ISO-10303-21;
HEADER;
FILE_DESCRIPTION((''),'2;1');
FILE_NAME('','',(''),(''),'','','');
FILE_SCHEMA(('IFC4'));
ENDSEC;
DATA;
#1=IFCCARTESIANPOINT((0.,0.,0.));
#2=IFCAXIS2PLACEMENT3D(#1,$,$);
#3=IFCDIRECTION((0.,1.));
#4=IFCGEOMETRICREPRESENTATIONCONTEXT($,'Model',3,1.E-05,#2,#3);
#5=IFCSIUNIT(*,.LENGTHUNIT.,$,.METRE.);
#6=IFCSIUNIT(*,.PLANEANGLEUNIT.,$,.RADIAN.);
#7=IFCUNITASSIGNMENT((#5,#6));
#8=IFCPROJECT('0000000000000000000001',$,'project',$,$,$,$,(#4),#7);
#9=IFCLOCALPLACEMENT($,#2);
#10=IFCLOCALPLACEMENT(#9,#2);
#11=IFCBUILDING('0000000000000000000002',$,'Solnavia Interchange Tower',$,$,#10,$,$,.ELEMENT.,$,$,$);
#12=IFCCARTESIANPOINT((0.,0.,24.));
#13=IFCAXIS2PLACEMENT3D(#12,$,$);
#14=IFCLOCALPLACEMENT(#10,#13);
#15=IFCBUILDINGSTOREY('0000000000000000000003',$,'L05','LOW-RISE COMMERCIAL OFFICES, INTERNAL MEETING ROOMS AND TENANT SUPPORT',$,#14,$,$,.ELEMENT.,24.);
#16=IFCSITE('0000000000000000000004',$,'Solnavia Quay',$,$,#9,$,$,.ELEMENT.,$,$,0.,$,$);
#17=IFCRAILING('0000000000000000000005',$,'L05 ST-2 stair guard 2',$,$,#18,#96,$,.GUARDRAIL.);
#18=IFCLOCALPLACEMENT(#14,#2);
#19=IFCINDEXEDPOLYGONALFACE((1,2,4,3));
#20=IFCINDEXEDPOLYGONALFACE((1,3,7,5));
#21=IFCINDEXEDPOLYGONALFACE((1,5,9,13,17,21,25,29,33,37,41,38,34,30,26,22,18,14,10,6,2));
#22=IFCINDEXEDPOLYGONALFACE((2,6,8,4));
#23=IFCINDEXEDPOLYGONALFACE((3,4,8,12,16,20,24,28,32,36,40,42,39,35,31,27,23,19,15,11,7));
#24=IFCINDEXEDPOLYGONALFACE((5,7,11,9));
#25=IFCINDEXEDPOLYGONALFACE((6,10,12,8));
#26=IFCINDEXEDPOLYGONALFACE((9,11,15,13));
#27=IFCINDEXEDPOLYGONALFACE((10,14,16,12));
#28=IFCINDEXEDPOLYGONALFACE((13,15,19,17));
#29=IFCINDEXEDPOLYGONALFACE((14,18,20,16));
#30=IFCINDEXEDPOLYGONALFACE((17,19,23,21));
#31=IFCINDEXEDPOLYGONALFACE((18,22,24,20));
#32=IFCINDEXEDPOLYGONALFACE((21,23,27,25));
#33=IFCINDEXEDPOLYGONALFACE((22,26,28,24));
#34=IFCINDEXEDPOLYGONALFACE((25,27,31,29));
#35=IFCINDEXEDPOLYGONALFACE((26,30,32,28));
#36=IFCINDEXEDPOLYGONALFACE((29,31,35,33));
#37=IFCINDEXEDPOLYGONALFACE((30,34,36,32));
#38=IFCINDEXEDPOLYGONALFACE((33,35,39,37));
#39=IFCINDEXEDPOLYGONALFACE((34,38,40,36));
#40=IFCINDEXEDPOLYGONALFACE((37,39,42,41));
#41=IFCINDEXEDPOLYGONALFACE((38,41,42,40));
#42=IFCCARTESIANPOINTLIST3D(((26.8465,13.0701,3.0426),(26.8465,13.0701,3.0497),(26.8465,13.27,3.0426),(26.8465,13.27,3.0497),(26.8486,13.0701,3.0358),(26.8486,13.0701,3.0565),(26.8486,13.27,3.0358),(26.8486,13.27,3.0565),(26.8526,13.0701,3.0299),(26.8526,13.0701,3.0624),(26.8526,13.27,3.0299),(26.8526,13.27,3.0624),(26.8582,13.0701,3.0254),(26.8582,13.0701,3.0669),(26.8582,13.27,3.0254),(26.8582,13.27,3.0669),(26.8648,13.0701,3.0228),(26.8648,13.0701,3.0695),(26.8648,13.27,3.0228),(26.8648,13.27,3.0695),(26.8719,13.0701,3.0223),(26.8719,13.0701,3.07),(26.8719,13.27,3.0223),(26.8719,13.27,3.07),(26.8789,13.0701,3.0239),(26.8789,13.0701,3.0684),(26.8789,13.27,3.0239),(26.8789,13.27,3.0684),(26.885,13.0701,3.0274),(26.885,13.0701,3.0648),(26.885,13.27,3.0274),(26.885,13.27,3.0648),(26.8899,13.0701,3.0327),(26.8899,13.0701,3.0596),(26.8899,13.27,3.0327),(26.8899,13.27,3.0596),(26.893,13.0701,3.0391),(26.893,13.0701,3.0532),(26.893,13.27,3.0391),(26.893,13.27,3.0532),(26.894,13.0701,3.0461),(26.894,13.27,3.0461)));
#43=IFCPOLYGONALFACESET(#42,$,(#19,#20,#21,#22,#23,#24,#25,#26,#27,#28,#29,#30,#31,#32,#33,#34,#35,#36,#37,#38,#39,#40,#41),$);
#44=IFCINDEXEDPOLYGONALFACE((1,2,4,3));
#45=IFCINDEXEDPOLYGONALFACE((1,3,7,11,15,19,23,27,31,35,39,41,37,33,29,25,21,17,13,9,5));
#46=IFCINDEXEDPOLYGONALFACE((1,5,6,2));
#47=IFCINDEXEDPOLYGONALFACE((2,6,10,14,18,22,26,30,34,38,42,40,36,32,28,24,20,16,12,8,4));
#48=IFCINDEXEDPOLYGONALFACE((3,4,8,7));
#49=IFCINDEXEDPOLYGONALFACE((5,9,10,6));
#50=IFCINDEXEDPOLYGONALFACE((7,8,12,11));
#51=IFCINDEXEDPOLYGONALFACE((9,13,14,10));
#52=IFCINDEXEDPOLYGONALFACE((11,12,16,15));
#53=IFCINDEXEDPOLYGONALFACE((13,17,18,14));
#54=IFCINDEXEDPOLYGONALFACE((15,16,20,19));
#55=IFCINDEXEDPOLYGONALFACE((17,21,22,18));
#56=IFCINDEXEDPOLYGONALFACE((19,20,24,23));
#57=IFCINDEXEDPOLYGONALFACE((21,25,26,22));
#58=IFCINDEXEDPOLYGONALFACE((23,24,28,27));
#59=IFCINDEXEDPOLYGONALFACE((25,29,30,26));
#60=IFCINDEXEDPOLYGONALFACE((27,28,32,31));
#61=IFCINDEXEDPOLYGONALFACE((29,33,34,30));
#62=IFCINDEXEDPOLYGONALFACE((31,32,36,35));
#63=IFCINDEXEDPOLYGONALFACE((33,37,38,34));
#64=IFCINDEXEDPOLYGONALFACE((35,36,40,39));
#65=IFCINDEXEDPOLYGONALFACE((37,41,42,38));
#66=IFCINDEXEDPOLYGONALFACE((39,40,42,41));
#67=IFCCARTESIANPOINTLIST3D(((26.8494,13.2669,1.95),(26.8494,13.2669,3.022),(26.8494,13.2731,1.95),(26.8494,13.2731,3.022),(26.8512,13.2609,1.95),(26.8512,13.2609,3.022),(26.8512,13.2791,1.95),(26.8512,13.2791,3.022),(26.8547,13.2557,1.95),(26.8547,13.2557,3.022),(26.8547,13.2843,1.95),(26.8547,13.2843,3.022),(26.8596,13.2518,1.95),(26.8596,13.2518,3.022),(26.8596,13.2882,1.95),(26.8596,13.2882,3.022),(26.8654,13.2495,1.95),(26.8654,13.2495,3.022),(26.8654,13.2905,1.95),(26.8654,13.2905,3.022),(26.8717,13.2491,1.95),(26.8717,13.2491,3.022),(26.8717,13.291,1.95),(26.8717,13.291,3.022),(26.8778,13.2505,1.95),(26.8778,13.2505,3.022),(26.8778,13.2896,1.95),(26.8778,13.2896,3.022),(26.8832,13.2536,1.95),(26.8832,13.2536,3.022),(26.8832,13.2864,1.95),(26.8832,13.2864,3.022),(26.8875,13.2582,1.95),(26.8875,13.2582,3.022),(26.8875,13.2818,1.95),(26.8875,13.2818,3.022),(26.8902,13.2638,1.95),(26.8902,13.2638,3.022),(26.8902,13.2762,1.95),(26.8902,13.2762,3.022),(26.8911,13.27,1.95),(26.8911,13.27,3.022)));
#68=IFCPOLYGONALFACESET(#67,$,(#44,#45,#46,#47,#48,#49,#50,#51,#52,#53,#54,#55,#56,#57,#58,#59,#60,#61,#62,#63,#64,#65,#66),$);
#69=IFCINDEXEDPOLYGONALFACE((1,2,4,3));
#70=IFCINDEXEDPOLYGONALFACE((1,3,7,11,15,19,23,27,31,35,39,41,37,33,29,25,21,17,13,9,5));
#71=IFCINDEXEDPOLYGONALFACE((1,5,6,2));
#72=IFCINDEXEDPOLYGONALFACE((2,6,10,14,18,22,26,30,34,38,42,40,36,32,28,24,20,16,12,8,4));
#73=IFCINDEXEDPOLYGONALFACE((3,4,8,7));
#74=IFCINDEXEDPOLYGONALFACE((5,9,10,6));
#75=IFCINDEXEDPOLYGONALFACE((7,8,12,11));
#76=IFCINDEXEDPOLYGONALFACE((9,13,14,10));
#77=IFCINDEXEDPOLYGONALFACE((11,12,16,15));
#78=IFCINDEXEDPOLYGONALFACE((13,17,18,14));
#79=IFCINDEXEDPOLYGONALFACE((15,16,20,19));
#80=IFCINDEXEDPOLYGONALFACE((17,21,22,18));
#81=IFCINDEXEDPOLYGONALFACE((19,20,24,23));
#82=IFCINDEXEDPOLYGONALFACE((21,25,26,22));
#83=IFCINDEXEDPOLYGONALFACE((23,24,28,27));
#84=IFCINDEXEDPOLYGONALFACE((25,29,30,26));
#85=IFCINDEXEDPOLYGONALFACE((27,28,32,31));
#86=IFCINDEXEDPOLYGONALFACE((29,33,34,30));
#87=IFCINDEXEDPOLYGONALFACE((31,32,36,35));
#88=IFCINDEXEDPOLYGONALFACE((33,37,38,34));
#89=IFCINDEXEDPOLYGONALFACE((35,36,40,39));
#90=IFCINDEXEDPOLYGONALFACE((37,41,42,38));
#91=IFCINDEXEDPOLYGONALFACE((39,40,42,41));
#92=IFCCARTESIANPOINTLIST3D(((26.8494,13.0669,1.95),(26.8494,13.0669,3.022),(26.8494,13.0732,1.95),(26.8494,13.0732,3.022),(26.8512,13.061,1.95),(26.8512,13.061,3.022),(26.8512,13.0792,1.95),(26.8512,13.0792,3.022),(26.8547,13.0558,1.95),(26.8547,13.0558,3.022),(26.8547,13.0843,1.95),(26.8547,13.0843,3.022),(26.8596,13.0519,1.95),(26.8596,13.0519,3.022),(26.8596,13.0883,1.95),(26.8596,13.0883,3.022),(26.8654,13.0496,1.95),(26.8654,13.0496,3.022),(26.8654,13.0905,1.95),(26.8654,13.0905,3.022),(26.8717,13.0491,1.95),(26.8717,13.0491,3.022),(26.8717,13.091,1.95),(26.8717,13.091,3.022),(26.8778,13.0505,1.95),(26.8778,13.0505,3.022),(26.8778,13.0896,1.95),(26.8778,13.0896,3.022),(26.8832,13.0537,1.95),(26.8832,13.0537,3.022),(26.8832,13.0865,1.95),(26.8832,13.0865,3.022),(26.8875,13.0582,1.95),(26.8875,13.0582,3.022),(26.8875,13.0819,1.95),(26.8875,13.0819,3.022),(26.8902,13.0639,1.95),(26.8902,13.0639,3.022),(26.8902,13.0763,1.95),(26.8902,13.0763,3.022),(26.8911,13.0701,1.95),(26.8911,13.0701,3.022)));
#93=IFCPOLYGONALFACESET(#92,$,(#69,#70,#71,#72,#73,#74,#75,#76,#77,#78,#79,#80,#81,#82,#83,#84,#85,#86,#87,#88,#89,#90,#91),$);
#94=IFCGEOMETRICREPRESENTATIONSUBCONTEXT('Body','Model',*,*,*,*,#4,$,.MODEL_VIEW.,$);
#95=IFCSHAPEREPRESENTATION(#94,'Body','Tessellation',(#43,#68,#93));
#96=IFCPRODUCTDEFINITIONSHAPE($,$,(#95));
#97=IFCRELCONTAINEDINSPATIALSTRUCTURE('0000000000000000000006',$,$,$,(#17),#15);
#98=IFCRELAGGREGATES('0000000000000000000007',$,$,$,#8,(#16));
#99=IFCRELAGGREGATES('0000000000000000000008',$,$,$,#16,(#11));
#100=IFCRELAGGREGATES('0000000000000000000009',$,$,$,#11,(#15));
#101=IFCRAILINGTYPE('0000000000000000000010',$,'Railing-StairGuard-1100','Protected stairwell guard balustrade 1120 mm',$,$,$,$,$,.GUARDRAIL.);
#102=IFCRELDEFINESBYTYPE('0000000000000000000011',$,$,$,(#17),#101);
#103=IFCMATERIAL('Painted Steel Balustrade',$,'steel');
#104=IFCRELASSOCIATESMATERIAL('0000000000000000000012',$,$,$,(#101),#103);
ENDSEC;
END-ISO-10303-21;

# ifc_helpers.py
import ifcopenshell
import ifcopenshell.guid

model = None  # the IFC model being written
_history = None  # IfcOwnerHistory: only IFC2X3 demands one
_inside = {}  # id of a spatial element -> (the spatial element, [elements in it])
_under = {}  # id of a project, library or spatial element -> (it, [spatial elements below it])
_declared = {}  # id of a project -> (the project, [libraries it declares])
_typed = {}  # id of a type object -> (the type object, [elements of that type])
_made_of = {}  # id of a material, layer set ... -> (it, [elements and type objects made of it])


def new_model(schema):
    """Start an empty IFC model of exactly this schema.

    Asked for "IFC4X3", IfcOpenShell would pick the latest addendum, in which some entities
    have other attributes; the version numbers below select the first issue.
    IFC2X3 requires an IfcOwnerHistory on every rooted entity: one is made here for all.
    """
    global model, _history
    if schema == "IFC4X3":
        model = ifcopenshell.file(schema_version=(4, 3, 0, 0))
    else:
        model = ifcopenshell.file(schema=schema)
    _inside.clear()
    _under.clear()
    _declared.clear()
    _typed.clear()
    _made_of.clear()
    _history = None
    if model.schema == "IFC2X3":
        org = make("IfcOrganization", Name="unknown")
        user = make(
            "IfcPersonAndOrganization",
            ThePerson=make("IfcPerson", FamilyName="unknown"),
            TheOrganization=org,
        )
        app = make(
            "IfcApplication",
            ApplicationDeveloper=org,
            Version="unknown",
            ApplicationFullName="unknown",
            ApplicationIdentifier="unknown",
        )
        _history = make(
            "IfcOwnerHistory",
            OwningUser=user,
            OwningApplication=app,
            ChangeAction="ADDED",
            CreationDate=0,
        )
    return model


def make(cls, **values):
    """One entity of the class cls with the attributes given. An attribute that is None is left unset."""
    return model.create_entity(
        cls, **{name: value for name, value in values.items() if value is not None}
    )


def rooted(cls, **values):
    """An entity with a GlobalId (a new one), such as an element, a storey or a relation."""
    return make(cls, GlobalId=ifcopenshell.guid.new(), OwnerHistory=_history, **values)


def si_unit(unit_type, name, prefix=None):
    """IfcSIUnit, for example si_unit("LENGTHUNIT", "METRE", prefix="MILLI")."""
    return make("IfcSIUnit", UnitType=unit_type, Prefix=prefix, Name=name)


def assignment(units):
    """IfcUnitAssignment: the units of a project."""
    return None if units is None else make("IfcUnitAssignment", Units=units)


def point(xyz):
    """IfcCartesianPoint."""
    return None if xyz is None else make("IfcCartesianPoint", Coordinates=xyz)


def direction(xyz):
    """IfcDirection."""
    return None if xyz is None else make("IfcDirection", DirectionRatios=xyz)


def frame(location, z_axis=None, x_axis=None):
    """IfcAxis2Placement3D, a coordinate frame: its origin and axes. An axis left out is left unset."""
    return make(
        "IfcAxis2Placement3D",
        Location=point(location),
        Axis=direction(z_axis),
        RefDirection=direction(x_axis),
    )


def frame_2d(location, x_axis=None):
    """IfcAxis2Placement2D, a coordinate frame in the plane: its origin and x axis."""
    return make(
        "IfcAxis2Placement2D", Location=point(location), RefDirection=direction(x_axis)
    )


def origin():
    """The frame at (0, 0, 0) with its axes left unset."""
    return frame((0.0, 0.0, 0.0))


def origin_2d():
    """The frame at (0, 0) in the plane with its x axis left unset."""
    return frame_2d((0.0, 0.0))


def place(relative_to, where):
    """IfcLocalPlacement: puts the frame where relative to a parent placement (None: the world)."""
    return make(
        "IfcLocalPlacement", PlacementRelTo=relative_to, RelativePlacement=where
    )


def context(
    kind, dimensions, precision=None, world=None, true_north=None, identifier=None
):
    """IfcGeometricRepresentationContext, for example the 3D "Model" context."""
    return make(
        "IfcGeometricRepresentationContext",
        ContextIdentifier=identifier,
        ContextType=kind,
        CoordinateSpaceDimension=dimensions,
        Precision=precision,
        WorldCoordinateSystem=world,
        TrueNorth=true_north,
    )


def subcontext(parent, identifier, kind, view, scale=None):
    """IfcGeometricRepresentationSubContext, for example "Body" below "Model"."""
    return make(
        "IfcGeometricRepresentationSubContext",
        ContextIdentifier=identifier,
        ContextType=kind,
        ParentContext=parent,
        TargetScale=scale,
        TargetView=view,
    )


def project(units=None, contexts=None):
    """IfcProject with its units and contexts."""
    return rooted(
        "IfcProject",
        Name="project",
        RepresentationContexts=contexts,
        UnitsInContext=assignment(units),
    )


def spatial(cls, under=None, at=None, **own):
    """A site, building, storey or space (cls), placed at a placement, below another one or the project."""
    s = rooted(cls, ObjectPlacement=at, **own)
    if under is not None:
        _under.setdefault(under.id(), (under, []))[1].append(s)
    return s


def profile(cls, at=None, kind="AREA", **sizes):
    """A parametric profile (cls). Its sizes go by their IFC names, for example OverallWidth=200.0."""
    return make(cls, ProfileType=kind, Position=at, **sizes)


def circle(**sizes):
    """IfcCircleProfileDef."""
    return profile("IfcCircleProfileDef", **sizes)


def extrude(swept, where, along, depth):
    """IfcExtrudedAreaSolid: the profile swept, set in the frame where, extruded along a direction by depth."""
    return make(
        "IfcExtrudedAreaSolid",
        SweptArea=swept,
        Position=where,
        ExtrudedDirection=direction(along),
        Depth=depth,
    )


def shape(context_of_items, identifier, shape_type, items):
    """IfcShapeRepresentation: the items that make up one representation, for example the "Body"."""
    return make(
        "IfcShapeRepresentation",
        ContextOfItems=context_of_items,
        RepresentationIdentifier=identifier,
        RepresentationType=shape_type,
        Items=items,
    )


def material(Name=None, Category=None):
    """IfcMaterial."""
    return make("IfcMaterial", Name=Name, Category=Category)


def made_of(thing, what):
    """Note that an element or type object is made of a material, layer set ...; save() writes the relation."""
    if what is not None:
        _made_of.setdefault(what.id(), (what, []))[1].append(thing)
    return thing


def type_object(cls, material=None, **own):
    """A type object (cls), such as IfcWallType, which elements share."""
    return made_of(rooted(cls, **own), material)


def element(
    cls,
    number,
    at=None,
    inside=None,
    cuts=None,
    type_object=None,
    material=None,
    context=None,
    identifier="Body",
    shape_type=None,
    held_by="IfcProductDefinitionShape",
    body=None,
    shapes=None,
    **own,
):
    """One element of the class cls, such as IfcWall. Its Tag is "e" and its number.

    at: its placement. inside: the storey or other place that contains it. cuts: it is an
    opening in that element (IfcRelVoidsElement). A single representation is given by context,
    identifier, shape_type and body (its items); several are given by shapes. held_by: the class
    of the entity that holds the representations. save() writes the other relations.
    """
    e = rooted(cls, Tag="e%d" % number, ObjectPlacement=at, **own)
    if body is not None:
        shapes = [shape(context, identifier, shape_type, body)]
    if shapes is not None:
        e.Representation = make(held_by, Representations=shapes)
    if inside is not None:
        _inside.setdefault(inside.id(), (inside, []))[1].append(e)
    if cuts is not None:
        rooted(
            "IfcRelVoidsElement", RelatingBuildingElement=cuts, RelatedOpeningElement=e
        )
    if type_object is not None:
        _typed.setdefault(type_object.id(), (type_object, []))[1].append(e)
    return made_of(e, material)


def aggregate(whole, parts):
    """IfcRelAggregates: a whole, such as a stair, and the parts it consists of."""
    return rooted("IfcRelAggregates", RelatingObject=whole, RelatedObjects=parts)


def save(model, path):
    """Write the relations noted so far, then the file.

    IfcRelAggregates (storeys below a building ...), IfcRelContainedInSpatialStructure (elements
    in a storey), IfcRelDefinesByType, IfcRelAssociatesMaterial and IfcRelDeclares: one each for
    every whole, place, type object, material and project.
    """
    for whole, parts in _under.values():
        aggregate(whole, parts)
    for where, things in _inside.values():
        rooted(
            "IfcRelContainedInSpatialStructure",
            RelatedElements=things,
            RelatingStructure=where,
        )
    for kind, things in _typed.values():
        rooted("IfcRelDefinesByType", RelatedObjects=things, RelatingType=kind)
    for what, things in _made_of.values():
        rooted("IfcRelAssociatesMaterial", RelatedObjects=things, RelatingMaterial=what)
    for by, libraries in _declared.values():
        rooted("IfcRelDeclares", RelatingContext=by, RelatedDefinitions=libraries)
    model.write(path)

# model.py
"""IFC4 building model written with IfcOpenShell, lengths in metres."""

from ifc_helpers import new_model, si_unit, direction, frame, origin, origin_2d, place, context, subcontext, project, spatial, circle, extrude, material, type_object, element, save


model = new_model("IFC4")

# Units and contexts
model_context = context("Model", 3, precision=1e-05, world=origin(), true_north=direction((0.0, 1.0)))
body_context = subcontext(model_context, "Body", "Model", "MODEL_VIEW")
ifc_project = project(units=[si_unit("LENGTHUNIT", "METRE"), si_unit("PLANEANGLEUNIT", "RADIAN")], contexts=[model_context])

# Site, building, storey
site_placement = place(None, origin())
site = spatial("IfcSite", under=ifc_project, at=site_placement, Name="Solnavia Quay", CompositionType="ELEMENT", RefElevation=0.0)
building_placement = place(site_placement, origin())
building = spatial("IfcBuilding", under=site, at=building_placement, Name="Solnavia Interchange Tower", CompositionType="ELEMENT")
storey_placement = place(building_placement, frame((0.0, 0.0, 24.0)))
storey = spatial("IfcBuildingStorey", under=building, at=storey_placement, Name="L05", Description="LOW-RISE COMMERCIAL OFFICES, INTERNAL MEETING ROOMS AND TENANT SUPPORT", CompositionType="ELEMENT", Elevation=24.0)

# Railing
ifc_material_1 = material(Name="Painted Steel Balustrade", Category="steel")
railing_type = type_object("IfcRailingType", Name="Railing-StairGuard-1100", Description="Protected stairwell guard balustrade 1120 mm", PredefinedType="GUARDRAIL", material=ifc_material_1)
railing_1_placement = place(storey_placement, frame((26.8701, 13.27, 1.95)))
element("IfcRailing", 1, at=railing_1_placement, inside=storey, type_object=railing_type, Name="L05 ST-2 stair guard 2", PredefinedType="GUARDRAIL", context=body_context, shape_type="SweptSolid", body=[
    extrude(circle(Radius=0.0239, at=origin_2d()), frame((0.0, 0.0, 1.0962), z_axis=(0.0, -1.0, 0.0), x_axis=(1.0, 0.0, 0.0)), (0.0, 0.0, 1.0), 0.2),
    extrude(circle(Radius=0.021, at=origin_2d()), origin(), (0.0, 0.0, 1.0), 1.072),
    extrude(circle(Radius=0.021, at=origin_2d()), frame((0.0, -0.2, 0.0)), (0.0, 0.0, 1.0), 1.072),
])

save(model, "model.ifc")
